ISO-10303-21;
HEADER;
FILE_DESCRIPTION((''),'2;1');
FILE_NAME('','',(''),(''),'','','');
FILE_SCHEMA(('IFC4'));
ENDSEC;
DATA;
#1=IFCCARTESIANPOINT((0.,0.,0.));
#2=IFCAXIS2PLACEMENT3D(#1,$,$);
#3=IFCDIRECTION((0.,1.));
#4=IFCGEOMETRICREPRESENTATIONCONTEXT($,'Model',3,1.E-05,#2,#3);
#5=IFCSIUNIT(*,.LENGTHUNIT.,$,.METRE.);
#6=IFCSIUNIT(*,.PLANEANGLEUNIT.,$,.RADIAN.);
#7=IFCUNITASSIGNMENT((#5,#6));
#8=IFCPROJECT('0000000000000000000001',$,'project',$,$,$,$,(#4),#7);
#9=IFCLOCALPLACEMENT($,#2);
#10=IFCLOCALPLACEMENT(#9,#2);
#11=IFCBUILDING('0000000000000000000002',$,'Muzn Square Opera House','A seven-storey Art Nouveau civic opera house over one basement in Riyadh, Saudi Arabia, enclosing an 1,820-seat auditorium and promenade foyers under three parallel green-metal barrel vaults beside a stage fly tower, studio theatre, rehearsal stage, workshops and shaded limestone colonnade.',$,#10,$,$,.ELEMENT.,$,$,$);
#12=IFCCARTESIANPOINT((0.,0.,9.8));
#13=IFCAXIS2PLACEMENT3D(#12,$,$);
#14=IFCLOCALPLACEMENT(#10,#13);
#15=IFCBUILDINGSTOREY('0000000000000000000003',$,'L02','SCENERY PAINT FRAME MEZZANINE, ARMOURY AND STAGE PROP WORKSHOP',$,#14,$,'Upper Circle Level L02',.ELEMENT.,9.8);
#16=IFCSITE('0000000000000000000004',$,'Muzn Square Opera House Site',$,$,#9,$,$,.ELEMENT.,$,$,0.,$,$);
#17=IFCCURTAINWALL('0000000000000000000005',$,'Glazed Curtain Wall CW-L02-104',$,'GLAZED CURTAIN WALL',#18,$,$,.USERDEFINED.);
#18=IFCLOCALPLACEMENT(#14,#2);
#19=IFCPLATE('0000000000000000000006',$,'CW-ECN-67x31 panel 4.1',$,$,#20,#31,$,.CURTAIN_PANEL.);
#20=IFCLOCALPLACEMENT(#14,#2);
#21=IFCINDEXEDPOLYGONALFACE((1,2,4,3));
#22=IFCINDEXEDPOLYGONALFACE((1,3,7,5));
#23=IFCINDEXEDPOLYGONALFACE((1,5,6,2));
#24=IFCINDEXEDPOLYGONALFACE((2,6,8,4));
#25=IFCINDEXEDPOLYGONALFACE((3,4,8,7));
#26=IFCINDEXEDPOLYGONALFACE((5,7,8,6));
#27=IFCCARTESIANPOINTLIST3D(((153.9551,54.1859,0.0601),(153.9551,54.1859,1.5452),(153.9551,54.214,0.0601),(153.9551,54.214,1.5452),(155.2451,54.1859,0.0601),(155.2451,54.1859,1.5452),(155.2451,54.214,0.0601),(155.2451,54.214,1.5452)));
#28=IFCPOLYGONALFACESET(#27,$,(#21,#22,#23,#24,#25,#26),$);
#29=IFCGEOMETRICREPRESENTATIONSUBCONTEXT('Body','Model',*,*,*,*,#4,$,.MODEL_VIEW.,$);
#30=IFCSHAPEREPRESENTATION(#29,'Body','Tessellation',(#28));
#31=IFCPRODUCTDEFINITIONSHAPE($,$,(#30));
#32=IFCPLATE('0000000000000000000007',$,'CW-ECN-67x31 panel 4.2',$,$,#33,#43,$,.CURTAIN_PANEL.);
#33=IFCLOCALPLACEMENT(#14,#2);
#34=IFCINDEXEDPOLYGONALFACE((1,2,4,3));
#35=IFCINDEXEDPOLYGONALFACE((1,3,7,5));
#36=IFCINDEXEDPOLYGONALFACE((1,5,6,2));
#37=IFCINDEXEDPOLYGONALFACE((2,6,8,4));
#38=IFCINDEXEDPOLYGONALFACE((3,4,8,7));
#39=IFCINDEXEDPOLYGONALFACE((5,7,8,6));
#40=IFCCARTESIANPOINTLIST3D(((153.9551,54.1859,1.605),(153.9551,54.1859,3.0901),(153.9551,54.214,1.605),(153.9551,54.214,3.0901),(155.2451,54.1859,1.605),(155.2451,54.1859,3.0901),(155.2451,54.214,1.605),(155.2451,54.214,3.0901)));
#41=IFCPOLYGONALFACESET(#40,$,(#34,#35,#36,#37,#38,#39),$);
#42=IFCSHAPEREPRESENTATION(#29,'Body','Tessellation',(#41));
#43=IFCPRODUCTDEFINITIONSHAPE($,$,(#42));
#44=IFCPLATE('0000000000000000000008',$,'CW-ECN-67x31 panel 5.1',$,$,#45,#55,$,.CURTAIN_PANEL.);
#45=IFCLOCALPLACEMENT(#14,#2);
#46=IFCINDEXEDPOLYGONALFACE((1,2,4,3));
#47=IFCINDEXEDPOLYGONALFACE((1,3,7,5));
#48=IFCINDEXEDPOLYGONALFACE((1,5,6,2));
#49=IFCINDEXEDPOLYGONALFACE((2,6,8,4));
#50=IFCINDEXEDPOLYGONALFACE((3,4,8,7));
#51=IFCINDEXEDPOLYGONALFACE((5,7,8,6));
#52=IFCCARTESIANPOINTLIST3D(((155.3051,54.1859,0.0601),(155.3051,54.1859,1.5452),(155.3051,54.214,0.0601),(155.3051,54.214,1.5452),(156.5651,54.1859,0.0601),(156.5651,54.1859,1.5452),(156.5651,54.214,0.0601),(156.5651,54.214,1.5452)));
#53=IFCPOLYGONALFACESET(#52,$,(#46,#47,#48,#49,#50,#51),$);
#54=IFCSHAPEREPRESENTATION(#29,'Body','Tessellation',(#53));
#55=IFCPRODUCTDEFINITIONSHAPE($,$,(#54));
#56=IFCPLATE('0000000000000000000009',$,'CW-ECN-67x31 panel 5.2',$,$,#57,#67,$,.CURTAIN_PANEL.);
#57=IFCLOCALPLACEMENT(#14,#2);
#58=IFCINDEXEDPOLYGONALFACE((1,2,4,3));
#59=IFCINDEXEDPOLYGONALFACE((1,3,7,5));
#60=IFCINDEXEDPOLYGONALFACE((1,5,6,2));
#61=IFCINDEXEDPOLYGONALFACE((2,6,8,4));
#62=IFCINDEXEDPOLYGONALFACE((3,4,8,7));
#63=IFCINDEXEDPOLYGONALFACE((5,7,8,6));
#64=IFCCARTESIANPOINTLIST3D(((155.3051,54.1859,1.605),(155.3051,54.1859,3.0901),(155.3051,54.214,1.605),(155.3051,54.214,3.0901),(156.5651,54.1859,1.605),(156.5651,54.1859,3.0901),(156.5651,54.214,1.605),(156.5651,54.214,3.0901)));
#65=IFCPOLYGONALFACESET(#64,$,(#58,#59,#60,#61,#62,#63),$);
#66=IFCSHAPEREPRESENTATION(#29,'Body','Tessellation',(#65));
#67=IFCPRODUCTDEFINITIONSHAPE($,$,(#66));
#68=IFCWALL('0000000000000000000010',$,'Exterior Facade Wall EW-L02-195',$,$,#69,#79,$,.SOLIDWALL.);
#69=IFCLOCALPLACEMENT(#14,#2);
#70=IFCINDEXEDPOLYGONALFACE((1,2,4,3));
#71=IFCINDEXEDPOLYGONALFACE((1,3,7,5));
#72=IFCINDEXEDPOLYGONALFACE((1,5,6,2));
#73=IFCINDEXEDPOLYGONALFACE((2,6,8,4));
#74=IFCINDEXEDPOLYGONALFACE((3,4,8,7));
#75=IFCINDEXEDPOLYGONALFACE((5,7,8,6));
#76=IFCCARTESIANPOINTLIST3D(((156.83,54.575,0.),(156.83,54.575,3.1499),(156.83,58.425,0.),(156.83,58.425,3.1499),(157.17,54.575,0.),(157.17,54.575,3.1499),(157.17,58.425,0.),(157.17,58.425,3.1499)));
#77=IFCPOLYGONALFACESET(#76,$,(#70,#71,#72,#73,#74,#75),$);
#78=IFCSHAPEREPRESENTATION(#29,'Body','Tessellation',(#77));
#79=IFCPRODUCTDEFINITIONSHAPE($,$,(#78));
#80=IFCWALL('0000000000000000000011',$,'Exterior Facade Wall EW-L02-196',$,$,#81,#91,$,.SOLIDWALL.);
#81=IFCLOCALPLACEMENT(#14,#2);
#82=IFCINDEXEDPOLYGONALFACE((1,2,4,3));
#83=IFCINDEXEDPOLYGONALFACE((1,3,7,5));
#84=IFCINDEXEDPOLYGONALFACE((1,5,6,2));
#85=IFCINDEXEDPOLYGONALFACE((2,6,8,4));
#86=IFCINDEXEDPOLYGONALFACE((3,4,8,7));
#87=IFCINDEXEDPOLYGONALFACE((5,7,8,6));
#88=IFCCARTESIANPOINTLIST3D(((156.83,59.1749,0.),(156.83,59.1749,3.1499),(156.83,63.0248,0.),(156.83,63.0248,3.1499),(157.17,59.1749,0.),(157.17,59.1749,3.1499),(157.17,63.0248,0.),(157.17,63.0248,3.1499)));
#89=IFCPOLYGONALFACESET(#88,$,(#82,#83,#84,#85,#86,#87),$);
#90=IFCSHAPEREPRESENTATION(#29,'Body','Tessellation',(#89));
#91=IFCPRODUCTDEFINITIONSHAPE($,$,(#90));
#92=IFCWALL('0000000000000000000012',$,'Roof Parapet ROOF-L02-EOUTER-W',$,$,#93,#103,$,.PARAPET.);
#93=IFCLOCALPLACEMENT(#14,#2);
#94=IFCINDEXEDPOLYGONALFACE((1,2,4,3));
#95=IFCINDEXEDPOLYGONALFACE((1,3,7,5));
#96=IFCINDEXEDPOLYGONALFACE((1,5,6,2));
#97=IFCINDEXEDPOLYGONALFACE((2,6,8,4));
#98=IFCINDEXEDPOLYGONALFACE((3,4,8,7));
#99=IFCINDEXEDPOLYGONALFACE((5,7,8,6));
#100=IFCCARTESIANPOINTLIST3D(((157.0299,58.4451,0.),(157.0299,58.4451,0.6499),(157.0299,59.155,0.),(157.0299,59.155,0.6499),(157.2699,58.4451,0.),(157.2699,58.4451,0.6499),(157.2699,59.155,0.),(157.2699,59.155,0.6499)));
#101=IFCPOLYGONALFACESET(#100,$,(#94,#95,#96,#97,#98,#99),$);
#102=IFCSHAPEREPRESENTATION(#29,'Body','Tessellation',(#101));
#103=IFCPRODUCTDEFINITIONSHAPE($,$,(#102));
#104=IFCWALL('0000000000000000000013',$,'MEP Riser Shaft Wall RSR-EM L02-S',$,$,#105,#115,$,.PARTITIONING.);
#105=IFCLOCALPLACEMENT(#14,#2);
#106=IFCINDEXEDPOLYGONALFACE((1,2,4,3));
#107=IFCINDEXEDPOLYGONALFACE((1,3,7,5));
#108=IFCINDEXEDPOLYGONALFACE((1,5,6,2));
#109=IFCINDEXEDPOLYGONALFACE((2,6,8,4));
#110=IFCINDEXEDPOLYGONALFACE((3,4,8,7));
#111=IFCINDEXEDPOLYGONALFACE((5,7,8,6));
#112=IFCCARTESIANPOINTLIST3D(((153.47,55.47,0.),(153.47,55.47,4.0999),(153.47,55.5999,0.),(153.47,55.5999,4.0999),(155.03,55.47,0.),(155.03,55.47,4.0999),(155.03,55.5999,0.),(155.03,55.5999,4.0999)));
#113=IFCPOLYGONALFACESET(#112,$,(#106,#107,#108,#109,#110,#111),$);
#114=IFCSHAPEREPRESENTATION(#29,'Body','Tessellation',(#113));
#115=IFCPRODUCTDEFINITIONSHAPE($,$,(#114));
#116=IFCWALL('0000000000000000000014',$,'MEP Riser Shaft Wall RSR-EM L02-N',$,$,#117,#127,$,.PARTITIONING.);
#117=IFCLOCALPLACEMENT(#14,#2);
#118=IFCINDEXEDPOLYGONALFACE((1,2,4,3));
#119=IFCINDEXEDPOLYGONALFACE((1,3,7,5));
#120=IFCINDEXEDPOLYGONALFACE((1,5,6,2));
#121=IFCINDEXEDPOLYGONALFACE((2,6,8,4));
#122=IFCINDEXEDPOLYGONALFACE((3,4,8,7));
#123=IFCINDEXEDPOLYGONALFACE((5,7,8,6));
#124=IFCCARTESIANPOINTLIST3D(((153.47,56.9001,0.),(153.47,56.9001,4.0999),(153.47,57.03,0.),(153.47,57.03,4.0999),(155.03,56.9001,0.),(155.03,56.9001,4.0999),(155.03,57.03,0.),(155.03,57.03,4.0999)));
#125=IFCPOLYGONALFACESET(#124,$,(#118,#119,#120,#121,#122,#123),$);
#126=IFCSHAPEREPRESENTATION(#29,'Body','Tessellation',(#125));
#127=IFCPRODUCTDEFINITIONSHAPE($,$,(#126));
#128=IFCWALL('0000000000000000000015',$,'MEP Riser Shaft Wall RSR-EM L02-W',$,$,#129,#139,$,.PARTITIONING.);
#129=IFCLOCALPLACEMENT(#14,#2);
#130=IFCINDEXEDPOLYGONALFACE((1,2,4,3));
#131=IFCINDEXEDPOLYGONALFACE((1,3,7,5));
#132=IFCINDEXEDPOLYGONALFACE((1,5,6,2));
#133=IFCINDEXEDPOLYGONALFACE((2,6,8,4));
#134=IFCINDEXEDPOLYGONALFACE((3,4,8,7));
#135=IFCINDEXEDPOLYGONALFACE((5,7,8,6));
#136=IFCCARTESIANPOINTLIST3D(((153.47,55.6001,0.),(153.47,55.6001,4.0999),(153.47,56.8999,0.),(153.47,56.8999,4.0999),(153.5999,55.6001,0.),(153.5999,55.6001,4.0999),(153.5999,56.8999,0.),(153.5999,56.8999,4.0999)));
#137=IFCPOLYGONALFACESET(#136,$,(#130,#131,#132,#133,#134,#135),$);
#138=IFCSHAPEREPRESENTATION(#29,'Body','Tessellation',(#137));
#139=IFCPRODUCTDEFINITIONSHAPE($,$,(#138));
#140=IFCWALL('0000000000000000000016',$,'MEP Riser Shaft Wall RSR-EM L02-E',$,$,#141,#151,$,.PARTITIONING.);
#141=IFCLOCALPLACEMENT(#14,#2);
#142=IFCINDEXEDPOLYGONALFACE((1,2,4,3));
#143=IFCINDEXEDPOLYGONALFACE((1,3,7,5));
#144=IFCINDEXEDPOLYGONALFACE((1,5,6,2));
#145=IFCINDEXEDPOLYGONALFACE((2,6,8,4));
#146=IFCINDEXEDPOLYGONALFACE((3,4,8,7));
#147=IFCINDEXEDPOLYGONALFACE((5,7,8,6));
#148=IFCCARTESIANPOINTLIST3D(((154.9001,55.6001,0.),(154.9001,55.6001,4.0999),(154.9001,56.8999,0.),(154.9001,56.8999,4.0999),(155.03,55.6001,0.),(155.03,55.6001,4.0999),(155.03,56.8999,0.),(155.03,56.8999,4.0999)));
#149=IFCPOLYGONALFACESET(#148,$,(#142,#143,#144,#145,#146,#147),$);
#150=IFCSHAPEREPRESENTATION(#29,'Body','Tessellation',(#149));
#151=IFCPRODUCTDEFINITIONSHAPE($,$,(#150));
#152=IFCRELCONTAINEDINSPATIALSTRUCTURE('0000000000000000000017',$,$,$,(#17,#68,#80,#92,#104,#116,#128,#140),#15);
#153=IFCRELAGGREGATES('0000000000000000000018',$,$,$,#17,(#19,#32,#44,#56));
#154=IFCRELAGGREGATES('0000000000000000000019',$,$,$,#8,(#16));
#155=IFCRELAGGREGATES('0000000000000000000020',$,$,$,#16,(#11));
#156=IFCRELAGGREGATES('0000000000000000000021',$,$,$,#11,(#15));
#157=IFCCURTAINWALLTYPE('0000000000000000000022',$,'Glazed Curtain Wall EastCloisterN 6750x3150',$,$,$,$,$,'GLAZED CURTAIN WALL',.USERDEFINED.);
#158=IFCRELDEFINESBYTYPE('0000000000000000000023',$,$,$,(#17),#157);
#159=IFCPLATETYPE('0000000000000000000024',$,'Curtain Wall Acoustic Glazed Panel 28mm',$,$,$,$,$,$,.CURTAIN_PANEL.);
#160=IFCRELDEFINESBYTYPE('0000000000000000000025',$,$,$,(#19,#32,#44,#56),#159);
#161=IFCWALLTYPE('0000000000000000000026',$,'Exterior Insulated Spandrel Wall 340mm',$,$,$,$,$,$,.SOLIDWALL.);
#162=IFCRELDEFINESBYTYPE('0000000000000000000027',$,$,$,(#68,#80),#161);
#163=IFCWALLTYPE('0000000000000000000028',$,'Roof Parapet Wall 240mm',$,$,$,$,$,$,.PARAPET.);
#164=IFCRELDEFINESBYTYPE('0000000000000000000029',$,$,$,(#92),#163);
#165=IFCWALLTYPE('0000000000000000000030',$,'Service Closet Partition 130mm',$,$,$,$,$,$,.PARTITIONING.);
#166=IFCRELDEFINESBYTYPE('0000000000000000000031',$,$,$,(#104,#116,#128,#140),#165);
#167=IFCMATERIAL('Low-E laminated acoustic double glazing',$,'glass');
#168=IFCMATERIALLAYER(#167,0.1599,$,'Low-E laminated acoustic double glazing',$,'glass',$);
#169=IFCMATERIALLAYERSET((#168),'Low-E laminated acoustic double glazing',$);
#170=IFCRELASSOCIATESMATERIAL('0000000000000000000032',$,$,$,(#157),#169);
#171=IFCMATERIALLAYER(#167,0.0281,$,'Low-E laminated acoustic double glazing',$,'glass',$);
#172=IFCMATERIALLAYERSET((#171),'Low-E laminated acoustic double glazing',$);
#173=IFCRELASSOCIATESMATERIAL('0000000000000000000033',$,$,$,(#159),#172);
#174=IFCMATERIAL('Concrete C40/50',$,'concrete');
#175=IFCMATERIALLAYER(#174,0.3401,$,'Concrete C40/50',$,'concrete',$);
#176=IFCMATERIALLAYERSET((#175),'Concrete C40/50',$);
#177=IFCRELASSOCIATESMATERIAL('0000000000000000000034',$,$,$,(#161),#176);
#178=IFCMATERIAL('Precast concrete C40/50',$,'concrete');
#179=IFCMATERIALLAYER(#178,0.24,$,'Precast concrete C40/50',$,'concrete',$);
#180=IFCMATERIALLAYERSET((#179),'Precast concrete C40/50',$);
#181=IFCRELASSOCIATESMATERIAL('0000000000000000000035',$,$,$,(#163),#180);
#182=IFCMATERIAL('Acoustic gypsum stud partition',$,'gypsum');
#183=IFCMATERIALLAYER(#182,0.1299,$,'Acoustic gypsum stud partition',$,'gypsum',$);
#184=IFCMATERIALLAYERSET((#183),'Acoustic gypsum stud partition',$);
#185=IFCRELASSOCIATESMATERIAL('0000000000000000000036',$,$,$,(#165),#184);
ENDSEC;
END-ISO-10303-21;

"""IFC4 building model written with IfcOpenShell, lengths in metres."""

from ifc_helpers import new_model, si_unit, direction, frame, frame_2d, origin, origin_2d, place, context, subcontext, project, spatial, rectangle, extrude, material, layer, layer_set, type_object, element, aggregate, save


model = new_model("IFC4")

# Units and contexts
model_context = context("Model", 3, precision=1e-05, world=origin(), true_north=direction((0.0, 1.0)))
body_context = subcontext(model_context, "Body", "Model", "MODEL_VIEW")
ifc_project = project(units=[si_unit("LENGTHUNIT", "METRE"), si_unit("PLANEANGLEUNIT", "RADIAN")], contexts=[model_context])

# Site, building, storey
site_placement = place(None, origin())
site = spatial("IfcSite", under=ifc_project, at=site_placement, Name="Muzn Square Opera House Site", CompositionType="ELEMENT", RefElevation=0.0)
building_placement = place(site_placement, origin())
building = spatial("IfcBuilding", under=site, at=building_placement, Name="Muzn Square Opera House", Description="A seven-storey Art Nouveau civic opera house over one basement in Riyadh, Saudi Arabia, enclosing an 1,820-seat auditorium and promenade foyers under three parallel green-metal barrel vaults beside a stage fly tower, studio theatre, rehearsal stage, workshops and shaded limestone colonnade.", CompositionType="ELEMENT")
storey_placement = place(building_placement, frame((0.0, 0.0, 9.8)))
storey = spatial("IfcBuildingStorey", under=building, at=storey_placement, Name="L02", Description="SCENERY PAINT FRAME MEZZANINE, ARMOURY AND STAGE PROP WORKSHOP", LongName="Upper Circle Level L02", CompositionType="ELEMENT", Elevation=9.8)

# Curtain wall
ifc_material_1 = material(Name="Low-E laminated acoustic double glazing", Category="glass")
ifc_layer_1 = layer(ifc_material_1, 0.1599, Name="Low-E laminated acoustic double glazing", Category="glass")
ifc_layer_set_1 = layer_set([ifc_layer_1], Name="Low-E laminated acoustic double glazing")
curtain_wall_type = type_object("IfcCurtainWallType", Name="Glazed Curtain Wall EastCloisterN 6750x3150", ElementType="GLAZED CURTAIN WALL", PredefinedType="USERDEFINED", material=ifc_layer_set_1)
curtain_wall_placement = place(storey_placement, origin())
curtain_wall = element("IfcCurtainWall", 1, at=curtain_wall_placement, inside=storey, type_object=curtain_wall_type, Name="Glazed Curtain Wall CW-L02-104", ObjectType="GLAZED CURTAIN WALL", PredefinedType="USERDEFINED")

# Shared definitions
ifc_material_2 = material(Name="Concrete C40/50", Category="concrete")

# Plates
ifc_layer_2 = layer(ifc_material_1, 0.0281, Name="Low-E laminated acoustic double glazing", Category="glass")
ifc_layer_set_2 = layer_set([ifc_layer_2], Name="Low-E laminated acoustic double glazing")
plate_type = type_object("IfcPlateType", Name="Curtain Wall Acoustic Glazed Panel 28mm", PredefinedType="CURTAIN_PANEL", material=ifc_layer_set_2)
plate_1_placement = place(storey_placement, frame((154.6001, 54.2, 0.0601), z_axis=(0.0, 0.0, 1.0), x_axis=(1.0, 0.0, 0.0)))
plate_1 = element("IfcPlate", 2, at=plate_1_placement, type_object=plate_type, Name="CW-ECN-67x31 panel 4.1", PredefinedType="CURTAIN_PANEL", context=body_context, shape_type="SweptSolid", body=[
    extrude(rectangle(XDim=1.29, YDim=0.0281, at=origin_2d()), origin(), (0.0, 0.0, 1.0), 1.4851),
])
plate_2_placement = place(storey_placement, frame((154.6001, 54.2, 1.605), z_axis=(0.0, 0.0, 1.0), x_axis=(1.0, 0.0, 0.0)))
plate_2 = element("IfcPlate", 3, at=plate_2_placement, type_object=plate_type, Name="CW-ECN-67x31 panel 4.2", PredefinedType="CURTAIN_PANEL", context=body_context, shape_type="SweptSolid", body=[
    extrude(rectangle(XDim=1.29, YDim=0.0281, at=origin_2d()), origin(), (0.0, 0.0, 1.0), 1.4851),
])
plate_3_placement = place(storey_placement, frame((155.9351, 54.2, 0.0601), z_axis=(0.0, 0.0, 1.0), x_axis=(1.0, 0.0, 0.0)))
plate_3 = element("IfcPlate", 4, at=plate_3_placement, type_object=plate_type, Name="CW-ECN-67x31 panel 5.1", PredefinedType="CURTAIN_PANEL", context=body_context, shape_type="SweptSolid", body=[
    extrude(rectangle(XDim=1.26, YDim=0.0281, at=origin_2d()), origin(), (0.0, 0.0, 1.0), 1.4851),
])
plate_4_placement = place(storey_placement, frame((155.9351, 54.2, 1.605), z_axis=(0.0, 0.0, 1.0), x_axis=(1.0, 0.0, 0.0)))
plate_4 = element("IfcPlate", 5, at=plate_4_placement, type_object=plate_type, Name="CW-ECN-67x31 panel 5.2", PredefinedType="CURTAIN_PANEL", context=body_context, shape_type="SweptSolid", body=[
    extrude(rectangle(XDim=1.26, YDim=0.0281, at=origin_2d()), origin(), (0.0, 0.0, 1.0), 1.4851),
])
aggregate(curtain_wall, [plate_1, plate_2, plate_3, plate_4])

# Walls
ifc_layer_3 = layer(ifc_material_2, 0.3401, Name="Concrete C40/50", Category="concrete")
ifc_layer_set_3 = layer_set([ifc_layer_3], Name="Concrete C40/50")
wall_type_1 = type_object("IfcWallType", Name="Exterior Insulated Spandrel Wall 340mm", PredefinedType="SOLIDWALL", material=ifc_layer_set_3)
wall_1_placement = place(storey_placement, frame((157.0, 54.575, 0.0), z_axis=(0.0, 0.0, 1.0), x_axis=(0.0, 1.0, 0.0)))
element("IfcWall", 6, at=wall_1_placement, inside=storey, type_object=wall_type_1, Name="Exterior Facade Wall EW-L02-195", PredefinedType="SOLIDWALL", context=body_context, shape_type="SweptSolid", body=[
    extrude(rectangle(XDim=3.8501, YDim=0.3401, at=frame_2d((1.925, 0.0))), origin(), (0.0, 0.0, 1.0), 3.1499),
])
wall_2_placement = place(storey_placement, frame((157.0, 59.175, 0.0), z_axis=(0.0, 0.0, 1.0), x_axis=(0.0, 1.0, 0.0)))
element("IfcWall", 7, at=wall_2_placement, inside=storey, type_object=wall_type_1, Name="Exterior Facade Wall EW-L02-196", PredefinedType="SOLIDWALL", context=body_context, shape_type="SweptSolid", body=[
    extrude(rectangle(XDim=3.8499, YDim=0.3401, at=frame_2d((1.9248, 0.0))), origin(), (0.0, 0.0, 1.0), 3.1499),
])
ifc_material_3 = material(Name="Precast concrete C40/50", Category="concrete")
ifc_layer_4 = layer(ifc_material_3, 0.24, Name="Precast concrete C40/50", Category="concrete")
ifc_layer_set_4 = layer_set([ifc_layer_4], Name="Precast concrete C40/50")
wall_type_2 = type_object("IfcWallType", Name="Roof Parapet Wall 240mm", PredefinedType="PARAPET", material=ifc_layer_set_4)
wall_3_placement = place(storey_placement, frame((157.1499, 58.4451, 0.0), z_axis=(0.0, 0.0, 1.0), x_axis=(0.0, 1.0, 0.0)))
element("IfcWall", 8, at=wall_3_placement, inside=storey, type_object=wall_type_2, Name="Roof Parapet ROOF-L02-EOUTER-W", PredefinedType="PARAPET", context=body_context, shape_type="SweptSolid", body=[
    extrude(rectangle(XDim=0.71, YDim=0.24, at=frame_2d((0.355, 0.0))), origin(), (0.0, 0.0, 1.0), 0.6499),
])
ifc_material_4 = material(Name="Acoustic gypsum stud partition", Category="gypsum")
ifc_layer_5 = layer(ifc_material_4, 0.1299, Name="Acoustic gypsum stud partition", Category="gypsum")
ifc_layer_set_5 = layer_set([ifc_layer_5], Name="Acoustic gypsum stud partition")
wall_type_3 = type_object("IfcWallType", Name="Service Closet Partition 130mm", PredefinedType="PARTITIONING", material=ifc_layer_set_5)
for number, where, z_axis, x_axis, name in (
    (9, (153.47, 55.5349, 0.0), (0.0, 0.0, 1.0), (1.0, 0.0, 0.0), "MEP Riser Shaft Wall RSR-EM L02-S"),
    (10, (153.47, 56.9651, 0.0), (0.0, 0.0, 1.0), (1.0, 0.0, 0.0), "MEP Riser Shaft Wall RSR-EM L02-N"),
):
    element("IfcWall", number, at=place(storey_placement, frame(where, z_axis=z_axis, x_axis=x_axis)), inside=storey, type_object=wall_type_3, Name=name, PredefinedType="PARTITIONING", context=body_context, shape_type="SweptSolid", body=[
        extrude(rectangle(XDim=1.5601, YDim=0.1299, at=frame_2d((0.78, 0.0))), origin(), (0.0, 0.0, 1.0), 4.0999),
    ])
for number, where, z_axis, x_axis, name in (
    (11, (153.5349, 55.6001, 0.0), (0.0, 0.0, 1.0), (0.0, 1.0, 0.0), "MEP Riser Shaft Wall RSR-EM L02-W"),
    (12, (154.9651, 55.6001, 0.0), (0.0, 0.0, 1.0), (0.0, 1.0, 0.0), "MEP Riser Shaft Wall RSR-EM L02-E"),
):
    element("IfcWall", number, at=place(storey_placement, frame(where, z_axis=z_axis, x_axis=x_axis)), inside=storey, type_object=wall_type_3, Name=name, PredefinedType="PARTITIONING", context=body_context, shape_type="SweptSolid", body=[
        extrude(rectangle(XDim=1.2998, YDim=0.1299, at=frame_2d((0.6499, 0.0))), origin(), (0.0, 0.0, 1.0), 4.0999),
    ])

save(model, "model.ifc")
